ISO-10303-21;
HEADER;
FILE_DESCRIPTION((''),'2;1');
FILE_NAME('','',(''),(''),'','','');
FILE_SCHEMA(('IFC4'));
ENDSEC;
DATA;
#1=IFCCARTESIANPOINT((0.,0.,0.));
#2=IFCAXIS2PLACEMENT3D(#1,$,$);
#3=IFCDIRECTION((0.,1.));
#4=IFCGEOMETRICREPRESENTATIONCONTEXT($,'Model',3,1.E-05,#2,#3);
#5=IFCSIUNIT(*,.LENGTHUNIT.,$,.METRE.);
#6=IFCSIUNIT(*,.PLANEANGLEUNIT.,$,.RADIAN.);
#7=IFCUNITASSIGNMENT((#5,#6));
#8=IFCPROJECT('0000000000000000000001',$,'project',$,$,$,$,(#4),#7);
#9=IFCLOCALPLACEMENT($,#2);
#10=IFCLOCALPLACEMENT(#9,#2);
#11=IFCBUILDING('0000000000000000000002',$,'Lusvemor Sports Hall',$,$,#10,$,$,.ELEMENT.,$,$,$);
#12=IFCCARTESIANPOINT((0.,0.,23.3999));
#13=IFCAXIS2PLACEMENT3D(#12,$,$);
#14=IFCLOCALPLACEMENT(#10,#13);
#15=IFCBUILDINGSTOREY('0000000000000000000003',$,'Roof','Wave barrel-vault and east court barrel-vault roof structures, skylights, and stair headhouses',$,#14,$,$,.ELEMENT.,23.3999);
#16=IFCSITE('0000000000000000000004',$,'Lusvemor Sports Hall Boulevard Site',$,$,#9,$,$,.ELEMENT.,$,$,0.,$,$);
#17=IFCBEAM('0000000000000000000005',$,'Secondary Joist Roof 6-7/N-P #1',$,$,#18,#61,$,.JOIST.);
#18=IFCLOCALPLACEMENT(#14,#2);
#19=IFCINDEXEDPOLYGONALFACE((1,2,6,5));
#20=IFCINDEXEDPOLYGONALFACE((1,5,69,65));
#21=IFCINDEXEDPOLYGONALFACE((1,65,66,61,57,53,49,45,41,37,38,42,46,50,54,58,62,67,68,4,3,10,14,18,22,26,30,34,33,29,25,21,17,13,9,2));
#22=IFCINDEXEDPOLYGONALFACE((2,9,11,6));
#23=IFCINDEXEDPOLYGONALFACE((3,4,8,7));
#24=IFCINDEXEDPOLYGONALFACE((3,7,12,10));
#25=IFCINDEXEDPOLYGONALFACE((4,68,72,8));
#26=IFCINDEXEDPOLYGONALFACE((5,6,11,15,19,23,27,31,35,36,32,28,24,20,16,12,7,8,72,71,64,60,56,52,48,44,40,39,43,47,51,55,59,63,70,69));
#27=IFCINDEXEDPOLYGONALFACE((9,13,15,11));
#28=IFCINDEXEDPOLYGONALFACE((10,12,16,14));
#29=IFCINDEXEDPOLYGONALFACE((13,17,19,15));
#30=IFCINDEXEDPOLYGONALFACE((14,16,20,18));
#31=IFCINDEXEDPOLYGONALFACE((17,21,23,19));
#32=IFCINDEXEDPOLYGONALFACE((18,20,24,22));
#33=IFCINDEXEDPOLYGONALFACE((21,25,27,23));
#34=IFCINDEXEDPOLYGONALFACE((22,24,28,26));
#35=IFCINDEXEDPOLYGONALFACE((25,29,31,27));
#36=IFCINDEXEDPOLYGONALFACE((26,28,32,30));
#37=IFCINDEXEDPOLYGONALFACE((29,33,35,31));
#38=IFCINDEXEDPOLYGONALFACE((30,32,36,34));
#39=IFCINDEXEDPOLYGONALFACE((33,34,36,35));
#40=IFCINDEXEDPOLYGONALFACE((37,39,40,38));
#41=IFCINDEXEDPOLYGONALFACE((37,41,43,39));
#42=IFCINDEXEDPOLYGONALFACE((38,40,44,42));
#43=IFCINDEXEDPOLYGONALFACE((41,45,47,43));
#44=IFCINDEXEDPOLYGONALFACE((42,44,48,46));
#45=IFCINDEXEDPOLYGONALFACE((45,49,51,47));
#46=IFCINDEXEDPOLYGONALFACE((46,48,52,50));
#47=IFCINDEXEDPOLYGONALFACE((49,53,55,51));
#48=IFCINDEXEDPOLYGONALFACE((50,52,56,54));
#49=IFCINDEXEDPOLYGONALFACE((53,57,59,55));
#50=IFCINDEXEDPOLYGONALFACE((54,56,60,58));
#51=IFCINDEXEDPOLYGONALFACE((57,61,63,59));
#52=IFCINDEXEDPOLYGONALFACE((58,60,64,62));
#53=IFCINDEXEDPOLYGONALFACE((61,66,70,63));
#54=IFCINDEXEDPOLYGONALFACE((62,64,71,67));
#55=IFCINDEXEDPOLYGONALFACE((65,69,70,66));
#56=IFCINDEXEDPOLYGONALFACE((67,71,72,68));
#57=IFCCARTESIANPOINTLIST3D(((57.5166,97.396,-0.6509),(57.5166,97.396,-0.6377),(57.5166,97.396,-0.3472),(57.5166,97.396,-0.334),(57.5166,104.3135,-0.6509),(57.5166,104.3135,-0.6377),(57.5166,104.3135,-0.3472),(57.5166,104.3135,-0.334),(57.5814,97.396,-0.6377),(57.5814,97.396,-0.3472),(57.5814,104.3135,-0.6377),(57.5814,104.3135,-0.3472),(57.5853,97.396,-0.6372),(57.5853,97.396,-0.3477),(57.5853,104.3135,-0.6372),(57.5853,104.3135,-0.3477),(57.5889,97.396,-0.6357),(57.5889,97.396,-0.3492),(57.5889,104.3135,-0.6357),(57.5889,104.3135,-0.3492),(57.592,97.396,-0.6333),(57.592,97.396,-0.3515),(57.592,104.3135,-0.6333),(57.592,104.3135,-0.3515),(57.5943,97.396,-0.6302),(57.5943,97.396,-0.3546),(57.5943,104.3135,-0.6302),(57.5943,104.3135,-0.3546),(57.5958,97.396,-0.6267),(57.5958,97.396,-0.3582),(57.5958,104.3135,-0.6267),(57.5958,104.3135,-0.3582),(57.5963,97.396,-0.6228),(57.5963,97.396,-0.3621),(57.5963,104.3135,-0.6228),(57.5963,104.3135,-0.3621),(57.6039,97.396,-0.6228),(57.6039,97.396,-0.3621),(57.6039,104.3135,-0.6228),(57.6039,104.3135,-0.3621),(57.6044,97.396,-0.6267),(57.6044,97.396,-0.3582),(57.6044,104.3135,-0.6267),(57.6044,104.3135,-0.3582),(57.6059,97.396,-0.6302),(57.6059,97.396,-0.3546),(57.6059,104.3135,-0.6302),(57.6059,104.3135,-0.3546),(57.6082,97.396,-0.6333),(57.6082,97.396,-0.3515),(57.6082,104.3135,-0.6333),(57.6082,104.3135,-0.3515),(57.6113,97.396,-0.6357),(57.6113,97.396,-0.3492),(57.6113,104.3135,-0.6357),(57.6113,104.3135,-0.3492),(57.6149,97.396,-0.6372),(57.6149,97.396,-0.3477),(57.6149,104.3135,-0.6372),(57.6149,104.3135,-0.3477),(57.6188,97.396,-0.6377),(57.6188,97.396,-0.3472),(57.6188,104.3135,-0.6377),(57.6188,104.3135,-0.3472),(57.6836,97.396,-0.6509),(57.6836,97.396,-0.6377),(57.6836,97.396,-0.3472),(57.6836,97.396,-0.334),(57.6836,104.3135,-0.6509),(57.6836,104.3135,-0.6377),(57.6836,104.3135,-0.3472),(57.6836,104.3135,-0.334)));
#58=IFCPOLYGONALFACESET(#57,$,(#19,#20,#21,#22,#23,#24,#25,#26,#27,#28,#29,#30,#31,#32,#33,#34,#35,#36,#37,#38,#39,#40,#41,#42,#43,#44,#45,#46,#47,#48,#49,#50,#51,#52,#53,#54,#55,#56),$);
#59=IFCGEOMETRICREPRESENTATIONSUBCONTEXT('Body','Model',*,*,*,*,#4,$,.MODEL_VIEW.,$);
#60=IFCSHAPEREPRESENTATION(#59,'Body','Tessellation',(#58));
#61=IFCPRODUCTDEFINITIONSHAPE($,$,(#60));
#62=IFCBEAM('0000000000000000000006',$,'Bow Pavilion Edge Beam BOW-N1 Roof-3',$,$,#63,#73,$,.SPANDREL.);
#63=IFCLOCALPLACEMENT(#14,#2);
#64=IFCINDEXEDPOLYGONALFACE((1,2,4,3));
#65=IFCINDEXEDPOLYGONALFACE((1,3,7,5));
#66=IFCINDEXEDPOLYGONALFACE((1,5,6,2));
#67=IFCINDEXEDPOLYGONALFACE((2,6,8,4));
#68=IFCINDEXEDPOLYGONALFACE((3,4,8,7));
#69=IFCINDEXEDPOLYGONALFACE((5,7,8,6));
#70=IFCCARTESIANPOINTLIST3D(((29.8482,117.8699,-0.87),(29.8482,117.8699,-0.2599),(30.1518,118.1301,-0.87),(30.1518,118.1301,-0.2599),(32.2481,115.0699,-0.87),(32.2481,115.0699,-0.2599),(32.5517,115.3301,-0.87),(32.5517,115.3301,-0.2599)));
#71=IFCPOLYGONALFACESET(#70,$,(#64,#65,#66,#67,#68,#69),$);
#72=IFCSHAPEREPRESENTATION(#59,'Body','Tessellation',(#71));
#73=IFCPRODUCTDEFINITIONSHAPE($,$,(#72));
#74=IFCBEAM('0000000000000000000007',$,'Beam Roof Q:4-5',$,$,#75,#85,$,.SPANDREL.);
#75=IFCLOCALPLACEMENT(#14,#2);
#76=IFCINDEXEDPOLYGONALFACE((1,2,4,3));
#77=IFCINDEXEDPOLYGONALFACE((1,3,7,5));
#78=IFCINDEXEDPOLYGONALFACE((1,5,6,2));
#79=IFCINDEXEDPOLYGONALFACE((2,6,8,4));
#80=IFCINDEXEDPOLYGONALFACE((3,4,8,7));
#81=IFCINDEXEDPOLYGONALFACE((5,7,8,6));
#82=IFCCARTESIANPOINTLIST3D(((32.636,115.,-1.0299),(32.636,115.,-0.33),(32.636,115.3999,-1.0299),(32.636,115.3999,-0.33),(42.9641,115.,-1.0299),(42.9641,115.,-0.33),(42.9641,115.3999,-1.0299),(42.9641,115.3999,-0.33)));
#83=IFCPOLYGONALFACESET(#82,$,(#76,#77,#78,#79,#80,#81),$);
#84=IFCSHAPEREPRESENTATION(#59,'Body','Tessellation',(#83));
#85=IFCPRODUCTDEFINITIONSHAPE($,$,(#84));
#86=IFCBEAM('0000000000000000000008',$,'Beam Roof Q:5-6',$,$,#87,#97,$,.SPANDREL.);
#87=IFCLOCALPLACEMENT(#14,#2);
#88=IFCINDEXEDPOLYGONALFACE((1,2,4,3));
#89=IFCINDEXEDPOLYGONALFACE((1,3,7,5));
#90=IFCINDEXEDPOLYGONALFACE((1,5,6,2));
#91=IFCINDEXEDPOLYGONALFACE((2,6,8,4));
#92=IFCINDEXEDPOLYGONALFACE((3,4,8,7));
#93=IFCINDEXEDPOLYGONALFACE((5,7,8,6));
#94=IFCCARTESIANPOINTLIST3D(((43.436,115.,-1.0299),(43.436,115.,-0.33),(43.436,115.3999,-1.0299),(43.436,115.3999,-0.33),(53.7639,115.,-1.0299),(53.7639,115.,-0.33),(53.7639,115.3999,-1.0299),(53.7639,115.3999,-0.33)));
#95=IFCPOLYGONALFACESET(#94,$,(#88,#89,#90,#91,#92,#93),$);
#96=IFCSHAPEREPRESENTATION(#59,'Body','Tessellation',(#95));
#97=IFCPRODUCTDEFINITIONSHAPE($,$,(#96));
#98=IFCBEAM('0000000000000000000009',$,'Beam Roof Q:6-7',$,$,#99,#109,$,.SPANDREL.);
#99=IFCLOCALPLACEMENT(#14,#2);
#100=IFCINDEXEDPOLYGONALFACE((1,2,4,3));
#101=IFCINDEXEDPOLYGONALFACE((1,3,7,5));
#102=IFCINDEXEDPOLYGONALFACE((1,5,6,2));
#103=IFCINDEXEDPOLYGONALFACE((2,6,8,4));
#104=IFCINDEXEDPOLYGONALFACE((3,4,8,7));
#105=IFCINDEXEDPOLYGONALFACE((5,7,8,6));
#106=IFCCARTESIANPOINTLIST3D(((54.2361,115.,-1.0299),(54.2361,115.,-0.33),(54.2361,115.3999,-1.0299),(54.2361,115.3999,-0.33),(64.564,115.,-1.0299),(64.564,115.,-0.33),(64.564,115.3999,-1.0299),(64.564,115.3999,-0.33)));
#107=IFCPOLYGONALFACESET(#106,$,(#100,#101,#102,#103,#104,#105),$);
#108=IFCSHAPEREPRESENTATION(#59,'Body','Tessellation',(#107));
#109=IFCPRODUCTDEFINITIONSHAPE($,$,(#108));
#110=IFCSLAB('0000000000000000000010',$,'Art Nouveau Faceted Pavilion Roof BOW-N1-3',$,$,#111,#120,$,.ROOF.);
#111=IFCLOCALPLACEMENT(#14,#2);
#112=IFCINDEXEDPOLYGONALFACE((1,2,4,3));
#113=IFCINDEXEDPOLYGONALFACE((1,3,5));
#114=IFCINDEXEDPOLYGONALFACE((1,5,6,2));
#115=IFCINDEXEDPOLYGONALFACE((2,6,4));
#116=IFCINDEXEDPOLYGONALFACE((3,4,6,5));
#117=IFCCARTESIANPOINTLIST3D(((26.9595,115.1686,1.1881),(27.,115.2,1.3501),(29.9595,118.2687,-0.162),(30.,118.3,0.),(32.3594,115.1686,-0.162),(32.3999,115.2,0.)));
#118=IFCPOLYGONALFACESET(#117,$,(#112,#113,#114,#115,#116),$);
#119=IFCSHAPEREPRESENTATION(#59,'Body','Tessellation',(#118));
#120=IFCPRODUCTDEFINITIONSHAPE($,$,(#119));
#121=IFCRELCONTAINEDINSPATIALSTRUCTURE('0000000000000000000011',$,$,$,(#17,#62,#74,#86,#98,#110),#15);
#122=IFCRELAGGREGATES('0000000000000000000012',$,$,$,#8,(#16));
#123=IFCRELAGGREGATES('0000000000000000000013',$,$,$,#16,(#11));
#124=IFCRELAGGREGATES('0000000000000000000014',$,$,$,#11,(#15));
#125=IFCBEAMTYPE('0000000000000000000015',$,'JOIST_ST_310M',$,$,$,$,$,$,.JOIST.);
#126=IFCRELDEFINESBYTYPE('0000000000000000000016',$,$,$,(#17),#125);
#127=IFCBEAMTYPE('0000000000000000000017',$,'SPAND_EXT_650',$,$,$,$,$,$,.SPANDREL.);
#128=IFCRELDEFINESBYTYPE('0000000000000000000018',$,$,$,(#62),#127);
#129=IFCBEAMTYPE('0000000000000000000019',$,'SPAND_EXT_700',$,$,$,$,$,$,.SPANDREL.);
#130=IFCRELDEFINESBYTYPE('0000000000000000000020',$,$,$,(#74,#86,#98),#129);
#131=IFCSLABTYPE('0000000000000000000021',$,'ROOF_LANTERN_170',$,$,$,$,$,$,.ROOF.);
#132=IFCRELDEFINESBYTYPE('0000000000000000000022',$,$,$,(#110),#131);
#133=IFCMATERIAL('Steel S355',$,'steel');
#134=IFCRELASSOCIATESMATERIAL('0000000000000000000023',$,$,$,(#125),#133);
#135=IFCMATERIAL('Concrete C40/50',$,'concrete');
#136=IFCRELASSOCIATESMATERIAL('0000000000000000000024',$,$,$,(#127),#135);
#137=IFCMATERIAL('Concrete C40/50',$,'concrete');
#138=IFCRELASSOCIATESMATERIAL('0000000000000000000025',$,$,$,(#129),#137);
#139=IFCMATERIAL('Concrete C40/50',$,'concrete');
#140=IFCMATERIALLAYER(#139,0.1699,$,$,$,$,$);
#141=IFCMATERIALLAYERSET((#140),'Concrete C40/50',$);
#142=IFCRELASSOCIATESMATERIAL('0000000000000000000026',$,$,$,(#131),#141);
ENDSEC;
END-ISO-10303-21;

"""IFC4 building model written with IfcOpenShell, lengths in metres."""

from ifc_helpers import new_model, si_unit, direction, frame, origin, origin_2d, place, context, subcontext, project, spatial, polyline, rectangle, i_section, outline, extrude, material, layer, layer_set, material_profile, profile_set, type_object, element, save


model = new_model("IFC4")

# Units and contexts
model_context = context("Model", 3, precision=1e-05, world=origin(), true_north=direction((0.0, 1.0)))
body_context = subcontext(model_context, "Body", "Model", "MODEL_VIEW")
ifc_project = project(units=[si_unit("LENGTHUNIT", "METRE"), si_unit("PLANEANGLEUNIT", "RADIAN")], contexts=[model_context])

# Site, building, storey
site_placement = place(None, origin())
site = spatial("IfcSite", under=ifc_project, at=site_placement, Name="Lusvemor Sports Hall Boulevard Site", CompositionType="ELEMENT", RefElevation=0.0)
building_placement = place(site_placement, origin())
building = spatial("IfcBuilding", under=site, at=building_placement, Name="Lusvemor Sports Hall", CompositionType="ELEMENT")
storey_placement = place(building_placement, frame((0.0, 0.0, 23.3999)))
storey = spatial("IfcBuildingStorey", under=building, at=storey_placement, Name="Roof", Description="Wave barrel-vault and east court barrel-vault roof structures, skylights, and stair headhouses", CompositionType="ELEMENT", Elevation=23.3999)

# Beams
ifc_material_1 = material(Name="Steel S355", Category="steel")
ifc_material_profile_1 = material_profile(ifc_material_1, i_section(OverallWidth=0.167, OverallDepth=0.3169, WebThickness=0.0076, FlangeThickness=0.0132, FilletRadius=0.0149, at=origin_2d()), Name="W310x52.0")
ifc_profile_set_1 = profile_set([ifc_material_profile_1], Name="Steel S355")
beam_type_1 = type_object("IfcBeamType", Name="JOIST_ST_310M", PredefinedType="JOIST", material=ifc_profile_set_1)
for number, where, z_axis, x_axis, name in (
    (1, (57.6001, 97.396, -0.4924), (0.0, 1.0, 0.0), (-1.0, 0.0, 0.0), "Secondary Joist Roof 6-7/N-P #1"),
):
    element("IfcBeam", number, at=place(storey_placement, frame(where, z_axis=z_axis, x_axis=x_axis)), inside=storey, type_object=beam_type_1, Name=name, PredefinedType="JOIST", context=body_context, shape_type="SweptSolid", body=[
        extrude(i_section(OverallWidth=0.167, OverallDepth=0.3169, WebThickness=0.0076, FlangeThickness=0.0132, FilletRadius=0.0149, at=origin_2d()), origin(), (0.0, 0.0, 1.0), 6.9175),
    ])
ifc_material_2 = material(Name="Concrete C40/50", Category="concrete")
ifc_material_profile_2 = material_profile(ifc_material_2, rectangle(XDim=0.3999, YDim=0.6101, at=origin_2d()), Name="RC400x610")
ifc_profile_set_2 = profile_set([ifc_material_profile_2], Name="Concrete C40/50")
beam_type_2 = type_object("IfcBeamType", Name="SPAND_EXT_650", PredefinedType="SPANDREL", material=ifc_profile_set_2)
beam_1_placement = place(storey_placement, frame((30.0, 118.0, -0.5649), z_axis=(0.65077, -0.759275, 0.0), x_axis=(0.759275, 0.65077, 0.0)))
element("IfcBeam", 2, at=beam_1_placement, inside=storey, type_object=beam_type_2, Name="Bow Pavilion Edge Beam BOW-N1 Roof-3", PredefinedType="SPANDREL", context=body_context, shape_type="SweptSolid", body=[
    extrude(rectangle(XDim=0.3999, YDim=0.6101, at=origin_2d()), origin(), (0.0, 0.0, 1.0), 3.6877),
])
ifc_material_3 = material(Name="Concrete C40/50", Category="concrete")
ifc_material_profile_3 = material_profile(ifc_material_3, rectangle(XDim=0.3999, YDim=0.7, at=origin_2d()), Name="RC400x700")
ifc_profile_set_3 = profile_set([ifc_material_profile_3], Name="Concrete C40/50")
beam_type_3 = type_object("IfcBeamType", Name="SPAND_EXT_700", PredefinedType="SPANDREL", material=ifc_profile_set_3)
beam_2_placement = place(storey_placement, frame((32.636, 115.2, -0.6799), z_axis=(1.0, 0.0, 0.0), x_axis=(0.0, 1.0, 0.0)))
element("IfcBeam", 3, at=beam_2_placement, inside=storey, type_object=beam_type_3, Name="Beam Roof Q:4-5", PredefinedType="SPANDREL", context=body_context, shape_type="SweptSolid", body=[
    extrude(rectangle(XDim=0.3999, YDim=0.7, at=origin_2d()), origin(), (0.0, 0.0, 1.0), 10.3281),
])
for number, where, z_axis, x_axis, name in (
    (4, (43.436, 115.2, -0.6799), (1.0, 0.0, 0.0), (0.0, 1.0, 0.0), "Beam Roof Q:5-6"),
    (5, (54.2361, 115.2, -0.6799), (1.0, 0.0, 0.0), (0.0, 1.0, 0.0), "Beam Roof Q:6-7"),
):
    element("IfcBeam", number, at=place(storey_placement, frame(where, z_axis=z_axis, x_axis=x_axis)), inside=storey, type_object=beam_type_3, Name=name, PredefinedType="SPANDREL", context=body_context, shape_type="SweptSolid", body=[
        extrude(rectangle(XDim=0.3999, YDim=0.7, at=origin_2d()), origin(), (0.0, 0.0, 1.0), 10.3279),
    ])

# Slab
ifc_material_4 = material(Name="Concrete C40/50", Category="concrete")
ifc_layer = layer(ifc_material_4, 0.1699)
ifc_layer_set = layer_set([ifc_layer], Name="Concrete C40/50")
slab_type = type_object("IfcSlabType", Name="ROOF_LANTERN_170", PredefinedType="ROOF", material=ifc_layer_set)
slab_placement = place(storey_placement, frame((30.0, 118.3, 0.0), z_axis=(0.23839, 0.184547, 0.953474), x_axis=(0.612146, -0.790745, 0.0)))
element("IfcSlab", 6, at=slab_placement, inside=storey, type_object=slab_type, Name="Art Nouveau Faceted Pavilion Roof BOW-N1-3", PredefinedType="ROOF", context=body_context, shape_type="SweptSolid", body=[
    extrude(outline(polyline([(0.0, 0.0), (3.9205, 0.0), (0.615, -4.4783), (0.0, 0.0)])), origin(), (0.0, 0.0, -1.0), 0.1699),
])

save(model, "model.ifc")
